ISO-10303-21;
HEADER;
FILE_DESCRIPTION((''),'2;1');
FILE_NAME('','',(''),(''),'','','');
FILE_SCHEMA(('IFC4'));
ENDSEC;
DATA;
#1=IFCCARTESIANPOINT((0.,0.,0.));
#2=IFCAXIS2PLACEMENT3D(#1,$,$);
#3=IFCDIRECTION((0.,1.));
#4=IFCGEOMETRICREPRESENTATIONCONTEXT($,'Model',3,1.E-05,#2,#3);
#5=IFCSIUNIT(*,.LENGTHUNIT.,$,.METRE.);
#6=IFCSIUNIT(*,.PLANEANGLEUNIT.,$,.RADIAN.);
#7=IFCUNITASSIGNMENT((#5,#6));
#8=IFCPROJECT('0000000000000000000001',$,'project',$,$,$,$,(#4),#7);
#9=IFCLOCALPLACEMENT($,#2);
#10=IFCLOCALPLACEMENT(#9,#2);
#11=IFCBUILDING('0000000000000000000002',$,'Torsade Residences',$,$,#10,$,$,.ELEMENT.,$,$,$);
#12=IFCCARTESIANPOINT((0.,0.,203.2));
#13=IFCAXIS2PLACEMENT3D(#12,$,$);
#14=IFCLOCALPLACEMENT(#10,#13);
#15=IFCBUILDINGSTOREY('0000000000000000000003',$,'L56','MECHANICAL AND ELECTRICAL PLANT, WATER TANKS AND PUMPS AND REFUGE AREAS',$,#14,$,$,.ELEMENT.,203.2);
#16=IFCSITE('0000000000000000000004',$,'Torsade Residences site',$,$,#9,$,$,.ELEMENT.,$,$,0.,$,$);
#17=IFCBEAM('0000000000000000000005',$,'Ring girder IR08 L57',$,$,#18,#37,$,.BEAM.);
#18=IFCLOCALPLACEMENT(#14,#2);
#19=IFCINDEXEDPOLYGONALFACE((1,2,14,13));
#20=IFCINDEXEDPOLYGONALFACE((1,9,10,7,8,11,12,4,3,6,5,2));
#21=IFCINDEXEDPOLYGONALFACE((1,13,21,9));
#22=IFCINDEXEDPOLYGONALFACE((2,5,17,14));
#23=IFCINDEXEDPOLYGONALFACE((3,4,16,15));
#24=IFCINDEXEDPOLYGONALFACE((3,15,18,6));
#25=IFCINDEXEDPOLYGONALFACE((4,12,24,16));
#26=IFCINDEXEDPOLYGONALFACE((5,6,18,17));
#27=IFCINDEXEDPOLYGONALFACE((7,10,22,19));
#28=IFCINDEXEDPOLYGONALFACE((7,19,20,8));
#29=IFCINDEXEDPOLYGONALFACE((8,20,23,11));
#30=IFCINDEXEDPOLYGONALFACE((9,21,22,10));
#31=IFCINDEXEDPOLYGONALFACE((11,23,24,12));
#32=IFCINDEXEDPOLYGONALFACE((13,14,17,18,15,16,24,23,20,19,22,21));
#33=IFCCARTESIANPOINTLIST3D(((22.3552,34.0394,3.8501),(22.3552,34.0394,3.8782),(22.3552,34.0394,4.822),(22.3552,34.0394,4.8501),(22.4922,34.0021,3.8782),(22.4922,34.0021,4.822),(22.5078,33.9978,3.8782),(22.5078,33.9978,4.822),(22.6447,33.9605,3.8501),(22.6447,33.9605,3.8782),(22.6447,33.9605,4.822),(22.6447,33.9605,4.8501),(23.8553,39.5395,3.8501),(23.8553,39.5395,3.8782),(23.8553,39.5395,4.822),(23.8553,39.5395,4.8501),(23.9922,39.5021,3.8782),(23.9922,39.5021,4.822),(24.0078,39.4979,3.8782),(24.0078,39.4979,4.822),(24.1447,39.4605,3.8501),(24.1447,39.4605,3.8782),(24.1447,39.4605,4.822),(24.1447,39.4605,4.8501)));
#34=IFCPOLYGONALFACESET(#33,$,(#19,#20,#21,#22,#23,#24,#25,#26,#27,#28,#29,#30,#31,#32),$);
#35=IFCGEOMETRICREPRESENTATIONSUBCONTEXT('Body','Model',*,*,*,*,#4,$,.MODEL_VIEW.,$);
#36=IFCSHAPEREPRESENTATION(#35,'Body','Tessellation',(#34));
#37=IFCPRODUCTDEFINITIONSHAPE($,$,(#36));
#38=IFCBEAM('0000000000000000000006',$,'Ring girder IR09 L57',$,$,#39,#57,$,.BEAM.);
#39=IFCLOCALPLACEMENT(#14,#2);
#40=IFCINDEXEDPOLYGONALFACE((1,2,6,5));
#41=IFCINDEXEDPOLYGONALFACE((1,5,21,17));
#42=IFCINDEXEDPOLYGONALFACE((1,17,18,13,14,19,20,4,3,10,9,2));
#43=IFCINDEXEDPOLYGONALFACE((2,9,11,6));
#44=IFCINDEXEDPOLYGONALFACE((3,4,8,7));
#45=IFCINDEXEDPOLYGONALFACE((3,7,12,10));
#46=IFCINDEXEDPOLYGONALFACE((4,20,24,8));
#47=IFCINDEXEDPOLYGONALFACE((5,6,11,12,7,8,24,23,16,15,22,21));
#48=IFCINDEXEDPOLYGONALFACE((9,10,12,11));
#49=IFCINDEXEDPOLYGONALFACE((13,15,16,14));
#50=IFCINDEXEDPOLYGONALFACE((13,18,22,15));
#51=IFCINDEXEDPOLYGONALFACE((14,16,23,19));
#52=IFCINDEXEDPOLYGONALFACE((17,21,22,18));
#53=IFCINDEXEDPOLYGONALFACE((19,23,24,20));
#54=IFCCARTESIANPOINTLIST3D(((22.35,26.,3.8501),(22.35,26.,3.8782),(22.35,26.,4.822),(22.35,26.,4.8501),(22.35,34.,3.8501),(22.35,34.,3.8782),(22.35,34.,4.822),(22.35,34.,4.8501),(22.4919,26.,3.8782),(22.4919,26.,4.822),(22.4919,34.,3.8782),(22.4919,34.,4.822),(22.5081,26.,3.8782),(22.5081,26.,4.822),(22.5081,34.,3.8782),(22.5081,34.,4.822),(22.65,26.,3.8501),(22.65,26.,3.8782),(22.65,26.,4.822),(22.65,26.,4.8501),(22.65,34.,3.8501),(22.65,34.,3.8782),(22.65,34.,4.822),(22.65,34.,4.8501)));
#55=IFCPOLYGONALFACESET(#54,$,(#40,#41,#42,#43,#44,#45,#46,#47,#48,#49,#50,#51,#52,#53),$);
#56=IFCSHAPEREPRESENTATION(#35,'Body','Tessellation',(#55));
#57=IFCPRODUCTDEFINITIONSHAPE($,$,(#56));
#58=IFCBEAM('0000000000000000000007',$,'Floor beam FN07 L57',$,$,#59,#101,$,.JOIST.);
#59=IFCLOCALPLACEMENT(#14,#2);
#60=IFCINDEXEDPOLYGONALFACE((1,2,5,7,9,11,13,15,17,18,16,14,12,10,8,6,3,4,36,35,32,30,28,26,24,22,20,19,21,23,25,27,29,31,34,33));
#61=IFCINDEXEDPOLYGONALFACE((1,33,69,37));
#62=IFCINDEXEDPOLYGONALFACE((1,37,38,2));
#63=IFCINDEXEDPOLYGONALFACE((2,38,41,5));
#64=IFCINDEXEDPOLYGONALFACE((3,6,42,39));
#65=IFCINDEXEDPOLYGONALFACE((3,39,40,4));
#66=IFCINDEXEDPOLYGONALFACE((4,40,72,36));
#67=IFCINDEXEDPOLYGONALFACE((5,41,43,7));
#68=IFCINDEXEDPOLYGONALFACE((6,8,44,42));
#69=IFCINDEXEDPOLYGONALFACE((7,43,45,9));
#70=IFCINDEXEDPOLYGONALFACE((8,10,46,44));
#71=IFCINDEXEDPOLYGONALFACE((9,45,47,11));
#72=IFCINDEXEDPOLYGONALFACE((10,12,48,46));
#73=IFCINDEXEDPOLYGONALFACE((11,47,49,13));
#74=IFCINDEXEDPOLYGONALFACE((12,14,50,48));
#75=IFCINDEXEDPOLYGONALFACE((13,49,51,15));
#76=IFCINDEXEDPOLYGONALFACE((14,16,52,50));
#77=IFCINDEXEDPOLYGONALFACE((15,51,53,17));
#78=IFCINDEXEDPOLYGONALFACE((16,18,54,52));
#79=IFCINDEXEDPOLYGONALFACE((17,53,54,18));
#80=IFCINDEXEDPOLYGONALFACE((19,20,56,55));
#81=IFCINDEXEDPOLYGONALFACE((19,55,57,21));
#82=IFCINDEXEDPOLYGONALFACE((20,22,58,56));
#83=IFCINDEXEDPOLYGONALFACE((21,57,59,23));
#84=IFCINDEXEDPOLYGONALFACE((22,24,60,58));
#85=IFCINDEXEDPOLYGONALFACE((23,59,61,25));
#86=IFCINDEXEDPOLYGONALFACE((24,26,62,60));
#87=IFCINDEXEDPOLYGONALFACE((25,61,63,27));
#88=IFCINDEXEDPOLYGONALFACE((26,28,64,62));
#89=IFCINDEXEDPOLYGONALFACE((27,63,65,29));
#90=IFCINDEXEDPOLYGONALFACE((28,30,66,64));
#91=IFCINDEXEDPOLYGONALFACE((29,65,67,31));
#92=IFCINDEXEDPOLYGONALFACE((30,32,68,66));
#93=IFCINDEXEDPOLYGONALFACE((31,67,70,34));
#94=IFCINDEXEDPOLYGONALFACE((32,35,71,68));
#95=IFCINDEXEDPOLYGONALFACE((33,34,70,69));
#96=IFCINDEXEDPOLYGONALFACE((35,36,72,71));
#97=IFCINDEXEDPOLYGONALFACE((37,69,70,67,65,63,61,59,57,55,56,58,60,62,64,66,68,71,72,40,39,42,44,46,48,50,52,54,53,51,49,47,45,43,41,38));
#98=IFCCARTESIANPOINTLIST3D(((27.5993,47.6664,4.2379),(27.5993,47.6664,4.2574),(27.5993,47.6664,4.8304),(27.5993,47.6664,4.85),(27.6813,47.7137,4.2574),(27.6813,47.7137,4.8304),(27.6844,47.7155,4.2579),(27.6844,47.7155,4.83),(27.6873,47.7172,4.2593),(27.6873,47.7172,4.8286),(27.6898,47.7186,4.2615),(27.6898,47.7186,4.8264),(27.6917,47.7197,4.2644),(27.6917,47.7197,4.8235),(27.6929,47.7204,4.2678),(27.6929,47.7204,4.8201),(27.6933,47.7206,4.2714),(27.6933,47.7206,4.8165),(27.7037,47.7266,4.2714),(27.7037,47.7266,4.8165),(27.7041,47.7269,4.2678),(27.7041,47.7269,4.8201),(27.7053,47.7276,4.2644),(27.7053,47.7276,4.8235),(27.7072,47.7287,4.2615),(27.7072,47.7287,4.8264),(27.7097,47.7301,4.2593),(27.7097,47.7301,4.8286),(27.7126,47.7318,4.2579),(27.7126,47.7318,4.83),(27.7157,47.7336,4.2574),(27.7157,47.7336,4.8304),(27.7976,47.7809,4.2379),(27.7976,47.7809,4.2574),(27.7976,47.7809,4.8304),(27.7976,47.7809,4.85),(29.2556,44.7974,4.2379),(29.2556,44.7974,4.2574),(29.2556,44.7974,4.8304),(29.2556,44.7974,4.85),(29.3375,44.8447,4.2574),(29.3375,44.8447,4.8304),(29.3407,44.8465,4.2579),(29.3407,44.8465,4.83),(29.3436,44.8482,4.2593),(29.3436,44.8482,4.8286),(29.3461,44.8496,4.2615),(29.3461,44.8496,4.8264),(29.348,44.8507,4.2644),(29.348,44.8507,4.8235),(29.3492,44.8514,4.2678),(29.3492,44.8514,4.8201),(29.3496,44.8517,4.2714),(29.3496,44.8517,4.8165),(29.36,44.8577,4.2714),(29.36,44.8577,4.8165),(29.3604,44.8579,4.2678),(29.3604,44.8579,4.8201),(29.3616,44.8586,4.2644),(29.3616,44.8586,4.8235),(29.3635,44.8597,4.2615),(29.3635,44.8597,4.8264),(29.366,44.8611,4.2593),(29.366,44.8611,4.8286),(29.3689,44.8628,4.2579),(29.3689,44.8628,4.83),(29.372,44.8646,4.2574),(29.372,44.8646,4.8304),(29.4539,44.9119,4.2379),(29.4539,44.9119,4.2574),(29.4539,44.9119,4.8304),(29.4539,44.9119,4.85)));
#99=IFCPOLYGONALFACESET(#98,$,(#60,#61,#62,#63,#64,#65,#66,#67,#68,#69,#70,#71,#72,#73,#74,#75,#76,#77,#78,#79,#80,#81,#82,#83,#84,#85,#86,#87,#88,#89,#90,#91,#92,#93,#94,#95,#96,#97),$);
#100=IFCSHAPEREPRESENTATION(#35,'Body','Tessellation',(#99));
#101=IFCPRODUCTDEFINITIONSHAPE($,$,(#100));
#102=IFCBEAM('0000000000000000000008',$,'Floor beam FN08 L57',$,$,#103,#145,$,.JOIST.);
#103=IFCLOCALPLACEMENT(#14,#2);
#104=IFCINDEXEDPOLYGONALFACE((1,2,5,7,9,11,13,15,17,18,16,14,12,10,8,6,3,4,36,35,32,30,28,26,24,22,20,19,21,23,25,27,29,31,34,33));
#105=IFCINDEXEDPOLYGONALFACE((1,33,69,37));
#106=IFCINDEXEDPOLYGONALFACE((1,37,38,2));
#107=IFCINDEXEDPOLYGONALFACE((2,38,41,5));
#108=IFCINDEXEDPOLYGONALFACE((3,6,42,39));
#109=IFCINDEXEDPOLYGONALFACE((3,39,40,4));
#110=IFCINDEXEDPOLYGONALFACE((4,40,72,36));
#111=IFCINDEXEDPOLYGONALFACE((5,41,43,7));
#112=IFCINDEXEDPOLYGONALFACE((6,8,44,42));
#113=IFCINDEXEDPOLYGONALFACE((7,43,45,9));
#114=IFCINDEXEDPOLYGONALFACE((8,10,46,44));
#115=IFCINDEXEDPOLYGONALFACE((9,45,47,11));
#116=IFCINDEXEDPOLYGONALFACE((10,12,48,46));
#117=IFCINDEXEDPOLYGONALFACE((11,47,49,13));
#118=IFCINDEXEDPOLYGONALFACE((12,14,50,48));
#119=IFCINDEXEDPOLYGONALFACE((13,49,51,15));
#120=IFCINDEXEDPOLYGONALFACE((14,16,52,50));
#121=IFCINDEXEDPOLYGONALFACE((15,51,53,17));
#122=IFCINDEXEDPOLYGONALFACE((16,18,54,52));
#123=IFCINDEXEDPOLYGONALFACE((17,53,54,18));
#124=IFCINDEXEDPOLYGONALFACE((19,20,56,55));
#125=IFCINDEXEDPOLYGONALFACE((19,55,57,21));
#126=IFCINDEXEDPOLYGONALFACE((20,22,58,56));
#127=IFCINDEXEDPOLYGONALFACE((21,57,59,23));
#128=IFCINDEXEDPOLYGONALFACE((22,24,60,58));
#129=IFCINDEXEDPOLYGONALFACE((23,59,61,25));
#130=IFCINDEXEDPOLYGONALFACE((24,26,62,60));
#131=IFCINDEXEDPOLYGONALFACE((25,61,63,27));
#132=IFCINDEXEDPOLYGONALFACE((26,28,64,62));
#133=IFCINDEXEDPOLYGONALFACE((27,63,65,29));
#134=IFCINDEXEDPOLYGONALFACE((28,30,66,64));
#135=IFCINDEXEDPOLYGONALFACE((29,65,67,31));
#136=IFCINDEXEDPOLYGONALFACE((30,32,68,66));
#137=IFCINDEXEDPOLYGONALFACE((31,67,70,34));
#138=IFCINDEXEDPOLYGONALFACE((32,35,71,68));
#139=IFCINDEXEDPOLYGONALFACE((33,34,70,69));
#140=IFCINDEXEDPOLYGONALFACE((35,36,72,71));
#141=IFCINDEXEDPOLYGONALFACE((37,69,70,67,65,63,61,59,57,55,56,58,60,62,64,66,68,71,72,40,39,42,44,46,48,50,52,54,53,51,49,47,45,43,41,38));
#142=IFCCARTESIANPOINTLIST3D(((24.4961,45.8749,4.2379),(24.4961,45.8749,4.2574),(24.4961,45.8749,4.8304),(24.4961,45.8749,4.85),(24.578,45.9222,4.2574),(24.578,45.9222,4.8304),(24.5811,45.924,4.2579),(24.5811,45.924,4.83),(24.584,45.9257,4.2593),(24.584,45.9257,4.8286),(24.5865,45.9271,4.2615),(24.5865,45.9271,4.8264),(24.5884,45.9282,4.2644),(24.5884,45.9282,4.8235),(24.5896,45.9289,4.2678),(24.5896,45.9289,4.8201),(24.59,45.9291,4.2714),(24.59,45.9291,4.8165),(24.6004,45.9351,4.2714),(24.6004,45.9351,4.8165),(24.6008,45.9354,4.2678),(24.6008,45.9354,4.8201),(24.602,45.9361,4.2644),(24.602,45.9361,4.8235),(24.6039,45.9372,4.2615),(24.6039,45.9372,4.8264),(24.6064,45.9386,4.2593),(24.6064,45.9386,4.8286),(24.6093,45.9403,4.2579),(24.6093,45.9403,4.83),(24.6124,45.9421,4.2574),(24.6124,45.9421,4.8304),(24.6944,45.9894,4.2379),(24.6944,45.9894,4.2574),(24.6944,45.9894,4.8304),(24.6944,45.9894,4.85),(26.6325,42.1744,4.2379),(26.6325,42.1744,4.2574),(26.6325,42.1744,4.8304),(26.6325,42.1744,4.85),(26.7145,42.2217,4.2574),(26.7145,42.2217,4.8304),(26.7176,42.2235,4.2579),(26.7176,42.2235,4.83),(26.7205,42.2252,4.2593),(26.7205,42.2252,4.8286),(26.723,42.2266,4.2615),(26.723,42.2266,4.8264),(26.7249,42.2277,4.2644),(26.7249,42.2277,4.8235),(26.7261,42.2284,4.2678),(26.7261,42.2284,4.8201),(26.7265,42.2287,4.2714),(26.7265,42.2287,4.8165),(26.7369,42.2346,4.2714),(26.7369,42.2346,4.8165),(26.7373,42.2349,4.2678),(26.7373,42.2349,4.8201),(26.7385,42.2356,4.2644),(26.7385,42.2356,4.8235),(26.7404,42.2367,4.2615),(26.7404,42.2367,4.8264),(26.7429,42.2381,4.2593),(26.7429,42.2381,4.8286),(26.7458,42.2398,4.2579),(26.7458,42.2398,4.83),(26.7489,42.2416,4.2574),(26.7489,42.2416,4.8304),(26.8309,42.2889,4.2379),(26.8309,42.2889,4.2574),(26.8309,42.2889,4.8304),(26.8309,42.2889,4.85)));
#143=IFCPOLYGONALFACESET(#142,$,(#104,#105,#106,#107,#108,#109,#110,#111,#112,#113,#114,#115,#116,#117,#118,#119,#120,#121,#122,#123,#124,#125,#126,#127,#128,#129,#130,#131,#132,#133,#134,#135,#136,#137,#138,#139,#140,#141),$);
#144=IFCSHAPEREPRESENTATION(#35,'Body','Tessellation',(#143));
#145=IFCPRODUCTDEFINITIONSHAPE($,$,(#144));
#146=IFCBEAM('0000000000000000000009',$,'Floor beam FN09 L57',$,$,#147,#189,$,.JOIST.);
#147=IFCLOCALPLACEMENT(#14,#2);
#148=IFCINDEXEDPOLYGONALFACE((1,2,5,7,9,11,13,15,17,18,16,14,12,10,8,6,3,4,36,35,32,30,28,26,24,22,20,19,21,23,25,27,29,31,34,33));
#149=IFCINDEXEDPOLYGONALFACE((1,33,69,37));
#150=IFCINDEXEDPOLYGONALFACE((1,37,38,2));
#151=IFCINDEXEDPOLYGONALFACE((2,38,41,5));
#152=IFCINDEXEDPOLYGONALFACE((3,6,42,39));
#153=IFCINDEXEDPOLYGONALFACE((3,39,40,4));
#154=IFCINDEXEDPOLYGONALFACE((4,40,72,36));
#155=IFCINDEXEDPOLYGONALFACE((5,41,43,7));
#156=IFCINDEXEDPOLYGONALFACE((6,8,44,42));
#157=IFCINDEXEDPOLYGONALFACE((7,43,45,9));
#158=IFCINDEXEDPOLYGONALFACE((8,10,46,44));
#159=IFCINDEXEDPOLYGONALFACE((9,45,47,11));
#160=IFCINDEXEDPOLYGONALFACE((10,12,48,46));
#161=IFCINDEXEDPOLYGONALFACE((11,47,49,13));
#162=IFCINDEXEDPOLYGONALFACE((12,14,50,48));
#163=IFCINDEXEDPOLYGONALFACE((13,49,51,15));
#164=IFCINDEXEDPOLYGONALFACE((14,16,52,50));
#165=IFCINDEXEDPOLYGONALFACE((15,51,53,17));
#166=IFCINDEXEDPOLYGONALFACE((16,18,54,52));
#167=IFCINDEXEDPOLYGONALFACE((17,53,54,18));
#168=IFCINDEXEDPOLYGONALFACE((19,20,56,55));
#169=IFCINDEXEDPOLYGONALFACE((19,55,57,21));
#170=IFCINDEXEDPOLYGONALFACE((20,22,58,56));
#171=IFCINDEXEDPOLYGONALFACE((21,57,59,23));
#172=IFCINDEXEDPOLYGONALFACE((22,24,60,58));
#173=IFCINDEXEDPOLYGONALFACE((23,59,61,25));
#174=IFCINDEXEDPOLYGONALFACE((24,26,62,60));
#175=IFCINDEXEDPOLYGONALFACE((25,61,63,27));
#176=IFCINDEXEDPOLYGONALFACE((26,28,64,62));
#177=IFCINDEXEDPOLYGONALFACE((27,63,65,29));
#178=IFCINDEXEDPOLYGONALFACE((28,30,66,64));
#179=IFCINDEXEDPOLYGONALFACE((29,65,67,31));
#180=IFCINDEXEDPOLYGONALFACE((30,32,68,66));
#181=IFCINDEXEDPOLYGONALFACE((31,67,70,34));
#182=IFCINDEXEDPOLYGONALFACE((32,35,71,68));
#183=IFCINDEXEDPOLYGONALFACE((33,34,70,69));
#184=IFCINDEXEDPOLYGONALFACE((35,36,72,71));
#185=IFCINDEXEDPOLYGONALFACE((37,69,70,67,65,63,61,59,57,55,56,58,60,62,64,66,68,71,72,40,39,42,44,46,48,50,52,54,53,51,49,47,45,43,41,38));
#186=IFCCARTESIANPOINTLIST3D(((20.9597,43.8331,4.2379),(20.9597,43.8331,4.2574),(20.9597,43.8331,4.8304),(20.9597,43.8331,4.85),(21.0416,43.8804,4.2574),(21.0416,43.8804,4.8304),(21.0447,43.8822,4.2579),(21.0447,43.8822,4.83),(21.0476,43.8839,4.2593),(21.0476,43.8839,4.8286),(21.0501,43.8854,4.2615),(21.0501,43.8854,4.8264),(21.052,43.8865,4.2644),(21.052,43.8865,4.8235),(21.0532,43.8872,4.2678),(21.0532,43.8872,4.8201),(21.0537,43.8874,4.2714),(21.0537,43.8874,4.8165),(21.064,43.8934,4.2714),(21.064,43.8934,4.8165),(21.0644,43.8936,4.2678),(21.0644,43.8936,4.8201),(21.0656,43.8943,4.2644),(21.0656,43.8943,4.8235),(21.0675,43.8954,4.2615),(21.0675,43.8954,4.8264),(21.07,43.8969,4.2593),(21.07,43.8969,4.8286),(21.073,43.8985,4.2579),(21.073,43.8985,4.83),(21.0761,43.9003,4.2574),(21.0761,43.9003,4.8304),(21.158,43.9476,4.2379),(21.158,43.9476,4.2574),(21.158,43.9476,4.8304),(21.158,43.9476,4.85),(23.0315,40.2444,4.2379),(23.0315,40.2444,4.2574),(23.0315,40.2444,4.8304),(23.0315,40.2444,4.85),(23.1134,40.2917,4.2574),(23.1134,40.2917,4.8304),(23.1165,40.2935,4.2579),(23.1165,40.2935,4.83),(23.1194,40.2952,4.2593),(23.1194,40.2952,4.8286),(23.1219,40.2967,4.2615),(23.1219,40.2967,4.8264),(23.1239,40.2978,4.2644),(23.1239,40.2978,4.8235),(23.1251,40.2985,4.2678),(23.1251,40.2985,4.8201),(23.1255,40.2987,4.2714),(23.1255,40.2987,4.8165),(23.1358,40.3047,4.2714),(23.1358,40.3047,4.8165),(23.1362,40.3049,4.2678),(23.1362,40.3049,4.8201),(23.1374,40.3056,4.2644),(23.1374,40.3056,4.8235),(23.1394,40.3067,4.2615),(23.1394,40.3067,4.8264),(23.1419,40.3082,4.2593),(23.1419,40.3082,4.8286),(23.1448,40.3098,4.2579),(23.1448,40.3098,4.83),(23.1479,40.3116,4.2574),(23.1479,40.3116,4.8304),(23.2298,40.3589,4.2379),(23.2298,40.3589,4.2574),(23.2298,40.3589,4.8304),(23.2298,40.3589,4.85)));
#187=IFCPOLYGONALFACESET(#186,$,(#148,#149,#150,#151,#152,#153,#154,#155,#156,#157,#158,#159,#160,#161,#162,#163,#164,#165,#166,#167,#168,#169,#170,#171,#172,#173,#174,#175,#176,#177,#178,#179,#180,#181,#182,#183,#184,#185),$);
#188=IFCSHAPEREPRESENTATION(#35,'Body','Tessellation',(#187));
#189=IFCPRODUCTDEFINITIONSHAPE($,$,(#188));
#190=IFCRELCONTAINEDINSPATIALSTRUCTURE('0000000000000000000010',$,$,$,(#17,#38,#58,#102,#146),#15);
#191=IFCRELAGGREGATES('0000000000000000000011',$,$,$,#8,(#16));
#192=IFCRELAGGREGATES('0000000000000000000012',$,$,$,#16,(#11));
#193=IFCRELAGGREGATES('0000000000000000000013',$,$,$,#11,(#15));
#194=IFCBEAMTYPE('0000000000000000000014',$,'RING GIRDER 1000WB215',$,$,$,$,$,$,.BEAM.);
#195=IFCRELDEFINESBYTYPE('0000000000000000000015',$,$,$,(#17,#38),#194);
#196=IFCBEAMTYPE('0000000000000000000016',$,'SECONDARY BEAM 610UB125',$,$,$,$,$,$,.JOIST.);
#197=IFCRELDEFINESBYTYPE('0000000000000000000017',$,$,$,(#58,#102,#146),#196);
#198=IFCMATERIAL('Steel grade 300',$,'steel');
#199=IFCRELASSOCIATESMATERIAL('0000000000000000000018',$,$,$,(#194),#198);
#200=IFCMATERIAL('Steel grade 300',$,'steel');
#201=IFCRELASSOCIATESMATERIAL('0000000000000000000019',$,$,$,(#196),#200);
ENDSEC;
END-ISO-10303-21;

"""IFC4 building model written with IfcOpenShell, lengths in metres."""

from ifc_helpers import new_model, si_unit, direction, frame, origin, origin_2d, place, context, subcontext, project, spatial, i_section, extrude, material, material_profile, profile_set, type_object, element, save


model = new_model("IFC4")

# Units and contexts
model_context = context("Model", 3, precision=1e-05, world=origin(), true_north=direction((0.0, 1.0)))
body_context = subcontext(model_context, "Body", "Model", "MODEL_VIEW")
ifc_project = project(units=[si_unit("LENGTHUNIT", "METRE"), si_unit("PLANEANGLEUNIT", "RADIAN")], contexts=[model_context])

# Site, building, storey
site_placement = place(None, origin())
site = spatial("IfcSite", under=ifc_project, at=site_placement, Name="Torsade Residences site", CompositionType="ELEMENT", RefElevation=0.0)
building_placement = place(site_placement, origin())
building = spatial("IfcBuilding", under=site, at=building_placement, Name="Torsade Residences", CompositionType="ELEMENT")
storey_placement = place(building_placement, frame((0.0, 0.0, 203.2)))
storey = spatial("IfcBuildingStorey", under=building, at=storey_placement, Name="L56", Description="MECHANICAL AND ELECTRICAL PLANT, WATER TANKS AND PUMPS AND REFUGE AREAS", CompositionType="ELEMENT", Elevation=203.2)

# Beams
ifc_material_1 = material(Name="Steel grade 300", Category="steel")
ifc_material_profile_1 = material_profile(ifc_material_1, i_section(OverallWidth=0.3, OverallDepth=1.0, WebThickness=0.0161, FlangeThickness=0.0281, at=origin_2d()), Name="1000WB215")
ifc_profile_set_1 = profile_set([ifc_material_profile_1], Name="Steel grade 300")
beam_type_1 = type_object("IfcBeamType", Name="RING GIRDER 1000WB215", PredefinedType="BEAM", material=ifc_profile_set_1)
beam_1_placement = place(storey_placement, frame((24.0, 39.5, 4.3501), z_axis=(-0.263117, -0.964764, 0.0), x_axis=(0.964764, -0.263117, 0.0)))
element("IfcBeam", 1, at=beam_1_placement, inside=storey, type_object=beam_type_1, Name="Ring girder IR08 L57", PredefinedType="BEAM", context=body_context, shape_type="SweptSolid", body=[
    extrude(i_section(OverallWidth=0.3, OverallDepth=1.0, WebThickness=0.0161, FlangeThickness=0.0281, at=origin_2d()), origin(), (0.0, 0.0, 1.0), 5.7009),
])
beam_2_placement = place(storey_placement, frame((22.5, 34.0, 4.3501), z_axis=(0.0, -1.0, 0.0), x_axis=(1.0, 0.0, 0.0)))
element("IfcBeam", 2, at=beam_2_placement, inside=storey, type_object=beam_type_1, Name="Ring girder IR09 L57", PredefinedType="BEAM", context=body_context, shape_type="SweptSolid", body=[
    extrude(i_section(OverallWidth=0.3, OverallDepth=1.0, WebThickness=0.0161, FlangeThickness=0.0281, at=origin_2d()), origin(), (0.0, 0.0, 1.0), 8.0),
])
ifc_material_2 = material(Name="Steel grade 300", Category="steel")
ifc_material_profile_2 = material_profile(ifc_material_2, i_section(OverallWidth=0.229, OverallDepth=0.6121, WebThickness=0.012, FlangeThickness=0.0195, FilletRadius=0.0139, at=origin_2d()), Name="610UB125")
ifc_profile_set_2 = profile_set([ifc_material_profile_2], Name="Steel grade 300")
beam_type_2 = type_object("IfcBeamType", Name="SECONDARY BEAM 610UB125", PredefinedType="JOIST", material=ifc_profile_set_2)
beam_3_placement = place(storey_placement, frame((27.6985, 47.7236, 4.5439), z_axis=(0.499976, -0.86604, 0.0), x_axis=(0.86604, 0.499976, 0.0)))
element("IfcBeam", 3, at=beam_3_placement, inside=storey, type_object=beam_type_2, Name="Floor beam FN07 L57", PredefinedType="JOIST", context=body_context, shape_type="SweptSolid", body=[
    extrude(i_section(OverallWidth=0.229, OverallDepth=0.6121, WebThickness=0.012, FlangeThickness=0.0195, FilletRadius=0.0139, at=origin_2d()), origin(), (0.0, 0.0, 1.0), 3.3127),
])
beam_4_placement = place(storey_placement, frame((24.5952, 45.9321, 4.5439), z_axis=(0.500004, -0.866023, 0.0), x_axis=(0.866023, 0.500004, 0.0)))
element("IfcBeam", 4, at=beam_4_placement, inside=storey, type_object=beam_type_2, Name="Floor beam FN08 L57", PredefinedType="JOIST", context=body_context, shape_type="SweptSolid", body=[
    extrude(i_section(OverallWidth=0.229, OverallDepth=0.6121, WebThickness=0.012, FlangeThickness=0.0195, FilletRadius=0.0139, at=origin_2d()), origin(), (0.0, 0.0, 1.0), 4.2729),
])
beam_5_placement = place(storey_placement, frame((21.0588, 43.8904, 4.5439), z_axis=(0.499979, -0.866037, 0.0), x_axis=(0.866037, 0.499979, 0.0)))
element("IfcBeam", 5, at=beam_5_placement, inside=storey, type_object=beam_type_2, Name="Floor beam FN09 L57", PredefinedType="JOIST", context=body_context, shape_type="SweptSolid", body=[
    extrude(i_section(OverallWidth=0.229, OverallDepth=0.6121, WebThickness=0.012, FlangeThickness=0.0195, FilletRadius=0.0139, at=origin_2d()), origin(), (0.0, 0.0, 1.0), 4.1438),
])

save(model, "model.ifc")
